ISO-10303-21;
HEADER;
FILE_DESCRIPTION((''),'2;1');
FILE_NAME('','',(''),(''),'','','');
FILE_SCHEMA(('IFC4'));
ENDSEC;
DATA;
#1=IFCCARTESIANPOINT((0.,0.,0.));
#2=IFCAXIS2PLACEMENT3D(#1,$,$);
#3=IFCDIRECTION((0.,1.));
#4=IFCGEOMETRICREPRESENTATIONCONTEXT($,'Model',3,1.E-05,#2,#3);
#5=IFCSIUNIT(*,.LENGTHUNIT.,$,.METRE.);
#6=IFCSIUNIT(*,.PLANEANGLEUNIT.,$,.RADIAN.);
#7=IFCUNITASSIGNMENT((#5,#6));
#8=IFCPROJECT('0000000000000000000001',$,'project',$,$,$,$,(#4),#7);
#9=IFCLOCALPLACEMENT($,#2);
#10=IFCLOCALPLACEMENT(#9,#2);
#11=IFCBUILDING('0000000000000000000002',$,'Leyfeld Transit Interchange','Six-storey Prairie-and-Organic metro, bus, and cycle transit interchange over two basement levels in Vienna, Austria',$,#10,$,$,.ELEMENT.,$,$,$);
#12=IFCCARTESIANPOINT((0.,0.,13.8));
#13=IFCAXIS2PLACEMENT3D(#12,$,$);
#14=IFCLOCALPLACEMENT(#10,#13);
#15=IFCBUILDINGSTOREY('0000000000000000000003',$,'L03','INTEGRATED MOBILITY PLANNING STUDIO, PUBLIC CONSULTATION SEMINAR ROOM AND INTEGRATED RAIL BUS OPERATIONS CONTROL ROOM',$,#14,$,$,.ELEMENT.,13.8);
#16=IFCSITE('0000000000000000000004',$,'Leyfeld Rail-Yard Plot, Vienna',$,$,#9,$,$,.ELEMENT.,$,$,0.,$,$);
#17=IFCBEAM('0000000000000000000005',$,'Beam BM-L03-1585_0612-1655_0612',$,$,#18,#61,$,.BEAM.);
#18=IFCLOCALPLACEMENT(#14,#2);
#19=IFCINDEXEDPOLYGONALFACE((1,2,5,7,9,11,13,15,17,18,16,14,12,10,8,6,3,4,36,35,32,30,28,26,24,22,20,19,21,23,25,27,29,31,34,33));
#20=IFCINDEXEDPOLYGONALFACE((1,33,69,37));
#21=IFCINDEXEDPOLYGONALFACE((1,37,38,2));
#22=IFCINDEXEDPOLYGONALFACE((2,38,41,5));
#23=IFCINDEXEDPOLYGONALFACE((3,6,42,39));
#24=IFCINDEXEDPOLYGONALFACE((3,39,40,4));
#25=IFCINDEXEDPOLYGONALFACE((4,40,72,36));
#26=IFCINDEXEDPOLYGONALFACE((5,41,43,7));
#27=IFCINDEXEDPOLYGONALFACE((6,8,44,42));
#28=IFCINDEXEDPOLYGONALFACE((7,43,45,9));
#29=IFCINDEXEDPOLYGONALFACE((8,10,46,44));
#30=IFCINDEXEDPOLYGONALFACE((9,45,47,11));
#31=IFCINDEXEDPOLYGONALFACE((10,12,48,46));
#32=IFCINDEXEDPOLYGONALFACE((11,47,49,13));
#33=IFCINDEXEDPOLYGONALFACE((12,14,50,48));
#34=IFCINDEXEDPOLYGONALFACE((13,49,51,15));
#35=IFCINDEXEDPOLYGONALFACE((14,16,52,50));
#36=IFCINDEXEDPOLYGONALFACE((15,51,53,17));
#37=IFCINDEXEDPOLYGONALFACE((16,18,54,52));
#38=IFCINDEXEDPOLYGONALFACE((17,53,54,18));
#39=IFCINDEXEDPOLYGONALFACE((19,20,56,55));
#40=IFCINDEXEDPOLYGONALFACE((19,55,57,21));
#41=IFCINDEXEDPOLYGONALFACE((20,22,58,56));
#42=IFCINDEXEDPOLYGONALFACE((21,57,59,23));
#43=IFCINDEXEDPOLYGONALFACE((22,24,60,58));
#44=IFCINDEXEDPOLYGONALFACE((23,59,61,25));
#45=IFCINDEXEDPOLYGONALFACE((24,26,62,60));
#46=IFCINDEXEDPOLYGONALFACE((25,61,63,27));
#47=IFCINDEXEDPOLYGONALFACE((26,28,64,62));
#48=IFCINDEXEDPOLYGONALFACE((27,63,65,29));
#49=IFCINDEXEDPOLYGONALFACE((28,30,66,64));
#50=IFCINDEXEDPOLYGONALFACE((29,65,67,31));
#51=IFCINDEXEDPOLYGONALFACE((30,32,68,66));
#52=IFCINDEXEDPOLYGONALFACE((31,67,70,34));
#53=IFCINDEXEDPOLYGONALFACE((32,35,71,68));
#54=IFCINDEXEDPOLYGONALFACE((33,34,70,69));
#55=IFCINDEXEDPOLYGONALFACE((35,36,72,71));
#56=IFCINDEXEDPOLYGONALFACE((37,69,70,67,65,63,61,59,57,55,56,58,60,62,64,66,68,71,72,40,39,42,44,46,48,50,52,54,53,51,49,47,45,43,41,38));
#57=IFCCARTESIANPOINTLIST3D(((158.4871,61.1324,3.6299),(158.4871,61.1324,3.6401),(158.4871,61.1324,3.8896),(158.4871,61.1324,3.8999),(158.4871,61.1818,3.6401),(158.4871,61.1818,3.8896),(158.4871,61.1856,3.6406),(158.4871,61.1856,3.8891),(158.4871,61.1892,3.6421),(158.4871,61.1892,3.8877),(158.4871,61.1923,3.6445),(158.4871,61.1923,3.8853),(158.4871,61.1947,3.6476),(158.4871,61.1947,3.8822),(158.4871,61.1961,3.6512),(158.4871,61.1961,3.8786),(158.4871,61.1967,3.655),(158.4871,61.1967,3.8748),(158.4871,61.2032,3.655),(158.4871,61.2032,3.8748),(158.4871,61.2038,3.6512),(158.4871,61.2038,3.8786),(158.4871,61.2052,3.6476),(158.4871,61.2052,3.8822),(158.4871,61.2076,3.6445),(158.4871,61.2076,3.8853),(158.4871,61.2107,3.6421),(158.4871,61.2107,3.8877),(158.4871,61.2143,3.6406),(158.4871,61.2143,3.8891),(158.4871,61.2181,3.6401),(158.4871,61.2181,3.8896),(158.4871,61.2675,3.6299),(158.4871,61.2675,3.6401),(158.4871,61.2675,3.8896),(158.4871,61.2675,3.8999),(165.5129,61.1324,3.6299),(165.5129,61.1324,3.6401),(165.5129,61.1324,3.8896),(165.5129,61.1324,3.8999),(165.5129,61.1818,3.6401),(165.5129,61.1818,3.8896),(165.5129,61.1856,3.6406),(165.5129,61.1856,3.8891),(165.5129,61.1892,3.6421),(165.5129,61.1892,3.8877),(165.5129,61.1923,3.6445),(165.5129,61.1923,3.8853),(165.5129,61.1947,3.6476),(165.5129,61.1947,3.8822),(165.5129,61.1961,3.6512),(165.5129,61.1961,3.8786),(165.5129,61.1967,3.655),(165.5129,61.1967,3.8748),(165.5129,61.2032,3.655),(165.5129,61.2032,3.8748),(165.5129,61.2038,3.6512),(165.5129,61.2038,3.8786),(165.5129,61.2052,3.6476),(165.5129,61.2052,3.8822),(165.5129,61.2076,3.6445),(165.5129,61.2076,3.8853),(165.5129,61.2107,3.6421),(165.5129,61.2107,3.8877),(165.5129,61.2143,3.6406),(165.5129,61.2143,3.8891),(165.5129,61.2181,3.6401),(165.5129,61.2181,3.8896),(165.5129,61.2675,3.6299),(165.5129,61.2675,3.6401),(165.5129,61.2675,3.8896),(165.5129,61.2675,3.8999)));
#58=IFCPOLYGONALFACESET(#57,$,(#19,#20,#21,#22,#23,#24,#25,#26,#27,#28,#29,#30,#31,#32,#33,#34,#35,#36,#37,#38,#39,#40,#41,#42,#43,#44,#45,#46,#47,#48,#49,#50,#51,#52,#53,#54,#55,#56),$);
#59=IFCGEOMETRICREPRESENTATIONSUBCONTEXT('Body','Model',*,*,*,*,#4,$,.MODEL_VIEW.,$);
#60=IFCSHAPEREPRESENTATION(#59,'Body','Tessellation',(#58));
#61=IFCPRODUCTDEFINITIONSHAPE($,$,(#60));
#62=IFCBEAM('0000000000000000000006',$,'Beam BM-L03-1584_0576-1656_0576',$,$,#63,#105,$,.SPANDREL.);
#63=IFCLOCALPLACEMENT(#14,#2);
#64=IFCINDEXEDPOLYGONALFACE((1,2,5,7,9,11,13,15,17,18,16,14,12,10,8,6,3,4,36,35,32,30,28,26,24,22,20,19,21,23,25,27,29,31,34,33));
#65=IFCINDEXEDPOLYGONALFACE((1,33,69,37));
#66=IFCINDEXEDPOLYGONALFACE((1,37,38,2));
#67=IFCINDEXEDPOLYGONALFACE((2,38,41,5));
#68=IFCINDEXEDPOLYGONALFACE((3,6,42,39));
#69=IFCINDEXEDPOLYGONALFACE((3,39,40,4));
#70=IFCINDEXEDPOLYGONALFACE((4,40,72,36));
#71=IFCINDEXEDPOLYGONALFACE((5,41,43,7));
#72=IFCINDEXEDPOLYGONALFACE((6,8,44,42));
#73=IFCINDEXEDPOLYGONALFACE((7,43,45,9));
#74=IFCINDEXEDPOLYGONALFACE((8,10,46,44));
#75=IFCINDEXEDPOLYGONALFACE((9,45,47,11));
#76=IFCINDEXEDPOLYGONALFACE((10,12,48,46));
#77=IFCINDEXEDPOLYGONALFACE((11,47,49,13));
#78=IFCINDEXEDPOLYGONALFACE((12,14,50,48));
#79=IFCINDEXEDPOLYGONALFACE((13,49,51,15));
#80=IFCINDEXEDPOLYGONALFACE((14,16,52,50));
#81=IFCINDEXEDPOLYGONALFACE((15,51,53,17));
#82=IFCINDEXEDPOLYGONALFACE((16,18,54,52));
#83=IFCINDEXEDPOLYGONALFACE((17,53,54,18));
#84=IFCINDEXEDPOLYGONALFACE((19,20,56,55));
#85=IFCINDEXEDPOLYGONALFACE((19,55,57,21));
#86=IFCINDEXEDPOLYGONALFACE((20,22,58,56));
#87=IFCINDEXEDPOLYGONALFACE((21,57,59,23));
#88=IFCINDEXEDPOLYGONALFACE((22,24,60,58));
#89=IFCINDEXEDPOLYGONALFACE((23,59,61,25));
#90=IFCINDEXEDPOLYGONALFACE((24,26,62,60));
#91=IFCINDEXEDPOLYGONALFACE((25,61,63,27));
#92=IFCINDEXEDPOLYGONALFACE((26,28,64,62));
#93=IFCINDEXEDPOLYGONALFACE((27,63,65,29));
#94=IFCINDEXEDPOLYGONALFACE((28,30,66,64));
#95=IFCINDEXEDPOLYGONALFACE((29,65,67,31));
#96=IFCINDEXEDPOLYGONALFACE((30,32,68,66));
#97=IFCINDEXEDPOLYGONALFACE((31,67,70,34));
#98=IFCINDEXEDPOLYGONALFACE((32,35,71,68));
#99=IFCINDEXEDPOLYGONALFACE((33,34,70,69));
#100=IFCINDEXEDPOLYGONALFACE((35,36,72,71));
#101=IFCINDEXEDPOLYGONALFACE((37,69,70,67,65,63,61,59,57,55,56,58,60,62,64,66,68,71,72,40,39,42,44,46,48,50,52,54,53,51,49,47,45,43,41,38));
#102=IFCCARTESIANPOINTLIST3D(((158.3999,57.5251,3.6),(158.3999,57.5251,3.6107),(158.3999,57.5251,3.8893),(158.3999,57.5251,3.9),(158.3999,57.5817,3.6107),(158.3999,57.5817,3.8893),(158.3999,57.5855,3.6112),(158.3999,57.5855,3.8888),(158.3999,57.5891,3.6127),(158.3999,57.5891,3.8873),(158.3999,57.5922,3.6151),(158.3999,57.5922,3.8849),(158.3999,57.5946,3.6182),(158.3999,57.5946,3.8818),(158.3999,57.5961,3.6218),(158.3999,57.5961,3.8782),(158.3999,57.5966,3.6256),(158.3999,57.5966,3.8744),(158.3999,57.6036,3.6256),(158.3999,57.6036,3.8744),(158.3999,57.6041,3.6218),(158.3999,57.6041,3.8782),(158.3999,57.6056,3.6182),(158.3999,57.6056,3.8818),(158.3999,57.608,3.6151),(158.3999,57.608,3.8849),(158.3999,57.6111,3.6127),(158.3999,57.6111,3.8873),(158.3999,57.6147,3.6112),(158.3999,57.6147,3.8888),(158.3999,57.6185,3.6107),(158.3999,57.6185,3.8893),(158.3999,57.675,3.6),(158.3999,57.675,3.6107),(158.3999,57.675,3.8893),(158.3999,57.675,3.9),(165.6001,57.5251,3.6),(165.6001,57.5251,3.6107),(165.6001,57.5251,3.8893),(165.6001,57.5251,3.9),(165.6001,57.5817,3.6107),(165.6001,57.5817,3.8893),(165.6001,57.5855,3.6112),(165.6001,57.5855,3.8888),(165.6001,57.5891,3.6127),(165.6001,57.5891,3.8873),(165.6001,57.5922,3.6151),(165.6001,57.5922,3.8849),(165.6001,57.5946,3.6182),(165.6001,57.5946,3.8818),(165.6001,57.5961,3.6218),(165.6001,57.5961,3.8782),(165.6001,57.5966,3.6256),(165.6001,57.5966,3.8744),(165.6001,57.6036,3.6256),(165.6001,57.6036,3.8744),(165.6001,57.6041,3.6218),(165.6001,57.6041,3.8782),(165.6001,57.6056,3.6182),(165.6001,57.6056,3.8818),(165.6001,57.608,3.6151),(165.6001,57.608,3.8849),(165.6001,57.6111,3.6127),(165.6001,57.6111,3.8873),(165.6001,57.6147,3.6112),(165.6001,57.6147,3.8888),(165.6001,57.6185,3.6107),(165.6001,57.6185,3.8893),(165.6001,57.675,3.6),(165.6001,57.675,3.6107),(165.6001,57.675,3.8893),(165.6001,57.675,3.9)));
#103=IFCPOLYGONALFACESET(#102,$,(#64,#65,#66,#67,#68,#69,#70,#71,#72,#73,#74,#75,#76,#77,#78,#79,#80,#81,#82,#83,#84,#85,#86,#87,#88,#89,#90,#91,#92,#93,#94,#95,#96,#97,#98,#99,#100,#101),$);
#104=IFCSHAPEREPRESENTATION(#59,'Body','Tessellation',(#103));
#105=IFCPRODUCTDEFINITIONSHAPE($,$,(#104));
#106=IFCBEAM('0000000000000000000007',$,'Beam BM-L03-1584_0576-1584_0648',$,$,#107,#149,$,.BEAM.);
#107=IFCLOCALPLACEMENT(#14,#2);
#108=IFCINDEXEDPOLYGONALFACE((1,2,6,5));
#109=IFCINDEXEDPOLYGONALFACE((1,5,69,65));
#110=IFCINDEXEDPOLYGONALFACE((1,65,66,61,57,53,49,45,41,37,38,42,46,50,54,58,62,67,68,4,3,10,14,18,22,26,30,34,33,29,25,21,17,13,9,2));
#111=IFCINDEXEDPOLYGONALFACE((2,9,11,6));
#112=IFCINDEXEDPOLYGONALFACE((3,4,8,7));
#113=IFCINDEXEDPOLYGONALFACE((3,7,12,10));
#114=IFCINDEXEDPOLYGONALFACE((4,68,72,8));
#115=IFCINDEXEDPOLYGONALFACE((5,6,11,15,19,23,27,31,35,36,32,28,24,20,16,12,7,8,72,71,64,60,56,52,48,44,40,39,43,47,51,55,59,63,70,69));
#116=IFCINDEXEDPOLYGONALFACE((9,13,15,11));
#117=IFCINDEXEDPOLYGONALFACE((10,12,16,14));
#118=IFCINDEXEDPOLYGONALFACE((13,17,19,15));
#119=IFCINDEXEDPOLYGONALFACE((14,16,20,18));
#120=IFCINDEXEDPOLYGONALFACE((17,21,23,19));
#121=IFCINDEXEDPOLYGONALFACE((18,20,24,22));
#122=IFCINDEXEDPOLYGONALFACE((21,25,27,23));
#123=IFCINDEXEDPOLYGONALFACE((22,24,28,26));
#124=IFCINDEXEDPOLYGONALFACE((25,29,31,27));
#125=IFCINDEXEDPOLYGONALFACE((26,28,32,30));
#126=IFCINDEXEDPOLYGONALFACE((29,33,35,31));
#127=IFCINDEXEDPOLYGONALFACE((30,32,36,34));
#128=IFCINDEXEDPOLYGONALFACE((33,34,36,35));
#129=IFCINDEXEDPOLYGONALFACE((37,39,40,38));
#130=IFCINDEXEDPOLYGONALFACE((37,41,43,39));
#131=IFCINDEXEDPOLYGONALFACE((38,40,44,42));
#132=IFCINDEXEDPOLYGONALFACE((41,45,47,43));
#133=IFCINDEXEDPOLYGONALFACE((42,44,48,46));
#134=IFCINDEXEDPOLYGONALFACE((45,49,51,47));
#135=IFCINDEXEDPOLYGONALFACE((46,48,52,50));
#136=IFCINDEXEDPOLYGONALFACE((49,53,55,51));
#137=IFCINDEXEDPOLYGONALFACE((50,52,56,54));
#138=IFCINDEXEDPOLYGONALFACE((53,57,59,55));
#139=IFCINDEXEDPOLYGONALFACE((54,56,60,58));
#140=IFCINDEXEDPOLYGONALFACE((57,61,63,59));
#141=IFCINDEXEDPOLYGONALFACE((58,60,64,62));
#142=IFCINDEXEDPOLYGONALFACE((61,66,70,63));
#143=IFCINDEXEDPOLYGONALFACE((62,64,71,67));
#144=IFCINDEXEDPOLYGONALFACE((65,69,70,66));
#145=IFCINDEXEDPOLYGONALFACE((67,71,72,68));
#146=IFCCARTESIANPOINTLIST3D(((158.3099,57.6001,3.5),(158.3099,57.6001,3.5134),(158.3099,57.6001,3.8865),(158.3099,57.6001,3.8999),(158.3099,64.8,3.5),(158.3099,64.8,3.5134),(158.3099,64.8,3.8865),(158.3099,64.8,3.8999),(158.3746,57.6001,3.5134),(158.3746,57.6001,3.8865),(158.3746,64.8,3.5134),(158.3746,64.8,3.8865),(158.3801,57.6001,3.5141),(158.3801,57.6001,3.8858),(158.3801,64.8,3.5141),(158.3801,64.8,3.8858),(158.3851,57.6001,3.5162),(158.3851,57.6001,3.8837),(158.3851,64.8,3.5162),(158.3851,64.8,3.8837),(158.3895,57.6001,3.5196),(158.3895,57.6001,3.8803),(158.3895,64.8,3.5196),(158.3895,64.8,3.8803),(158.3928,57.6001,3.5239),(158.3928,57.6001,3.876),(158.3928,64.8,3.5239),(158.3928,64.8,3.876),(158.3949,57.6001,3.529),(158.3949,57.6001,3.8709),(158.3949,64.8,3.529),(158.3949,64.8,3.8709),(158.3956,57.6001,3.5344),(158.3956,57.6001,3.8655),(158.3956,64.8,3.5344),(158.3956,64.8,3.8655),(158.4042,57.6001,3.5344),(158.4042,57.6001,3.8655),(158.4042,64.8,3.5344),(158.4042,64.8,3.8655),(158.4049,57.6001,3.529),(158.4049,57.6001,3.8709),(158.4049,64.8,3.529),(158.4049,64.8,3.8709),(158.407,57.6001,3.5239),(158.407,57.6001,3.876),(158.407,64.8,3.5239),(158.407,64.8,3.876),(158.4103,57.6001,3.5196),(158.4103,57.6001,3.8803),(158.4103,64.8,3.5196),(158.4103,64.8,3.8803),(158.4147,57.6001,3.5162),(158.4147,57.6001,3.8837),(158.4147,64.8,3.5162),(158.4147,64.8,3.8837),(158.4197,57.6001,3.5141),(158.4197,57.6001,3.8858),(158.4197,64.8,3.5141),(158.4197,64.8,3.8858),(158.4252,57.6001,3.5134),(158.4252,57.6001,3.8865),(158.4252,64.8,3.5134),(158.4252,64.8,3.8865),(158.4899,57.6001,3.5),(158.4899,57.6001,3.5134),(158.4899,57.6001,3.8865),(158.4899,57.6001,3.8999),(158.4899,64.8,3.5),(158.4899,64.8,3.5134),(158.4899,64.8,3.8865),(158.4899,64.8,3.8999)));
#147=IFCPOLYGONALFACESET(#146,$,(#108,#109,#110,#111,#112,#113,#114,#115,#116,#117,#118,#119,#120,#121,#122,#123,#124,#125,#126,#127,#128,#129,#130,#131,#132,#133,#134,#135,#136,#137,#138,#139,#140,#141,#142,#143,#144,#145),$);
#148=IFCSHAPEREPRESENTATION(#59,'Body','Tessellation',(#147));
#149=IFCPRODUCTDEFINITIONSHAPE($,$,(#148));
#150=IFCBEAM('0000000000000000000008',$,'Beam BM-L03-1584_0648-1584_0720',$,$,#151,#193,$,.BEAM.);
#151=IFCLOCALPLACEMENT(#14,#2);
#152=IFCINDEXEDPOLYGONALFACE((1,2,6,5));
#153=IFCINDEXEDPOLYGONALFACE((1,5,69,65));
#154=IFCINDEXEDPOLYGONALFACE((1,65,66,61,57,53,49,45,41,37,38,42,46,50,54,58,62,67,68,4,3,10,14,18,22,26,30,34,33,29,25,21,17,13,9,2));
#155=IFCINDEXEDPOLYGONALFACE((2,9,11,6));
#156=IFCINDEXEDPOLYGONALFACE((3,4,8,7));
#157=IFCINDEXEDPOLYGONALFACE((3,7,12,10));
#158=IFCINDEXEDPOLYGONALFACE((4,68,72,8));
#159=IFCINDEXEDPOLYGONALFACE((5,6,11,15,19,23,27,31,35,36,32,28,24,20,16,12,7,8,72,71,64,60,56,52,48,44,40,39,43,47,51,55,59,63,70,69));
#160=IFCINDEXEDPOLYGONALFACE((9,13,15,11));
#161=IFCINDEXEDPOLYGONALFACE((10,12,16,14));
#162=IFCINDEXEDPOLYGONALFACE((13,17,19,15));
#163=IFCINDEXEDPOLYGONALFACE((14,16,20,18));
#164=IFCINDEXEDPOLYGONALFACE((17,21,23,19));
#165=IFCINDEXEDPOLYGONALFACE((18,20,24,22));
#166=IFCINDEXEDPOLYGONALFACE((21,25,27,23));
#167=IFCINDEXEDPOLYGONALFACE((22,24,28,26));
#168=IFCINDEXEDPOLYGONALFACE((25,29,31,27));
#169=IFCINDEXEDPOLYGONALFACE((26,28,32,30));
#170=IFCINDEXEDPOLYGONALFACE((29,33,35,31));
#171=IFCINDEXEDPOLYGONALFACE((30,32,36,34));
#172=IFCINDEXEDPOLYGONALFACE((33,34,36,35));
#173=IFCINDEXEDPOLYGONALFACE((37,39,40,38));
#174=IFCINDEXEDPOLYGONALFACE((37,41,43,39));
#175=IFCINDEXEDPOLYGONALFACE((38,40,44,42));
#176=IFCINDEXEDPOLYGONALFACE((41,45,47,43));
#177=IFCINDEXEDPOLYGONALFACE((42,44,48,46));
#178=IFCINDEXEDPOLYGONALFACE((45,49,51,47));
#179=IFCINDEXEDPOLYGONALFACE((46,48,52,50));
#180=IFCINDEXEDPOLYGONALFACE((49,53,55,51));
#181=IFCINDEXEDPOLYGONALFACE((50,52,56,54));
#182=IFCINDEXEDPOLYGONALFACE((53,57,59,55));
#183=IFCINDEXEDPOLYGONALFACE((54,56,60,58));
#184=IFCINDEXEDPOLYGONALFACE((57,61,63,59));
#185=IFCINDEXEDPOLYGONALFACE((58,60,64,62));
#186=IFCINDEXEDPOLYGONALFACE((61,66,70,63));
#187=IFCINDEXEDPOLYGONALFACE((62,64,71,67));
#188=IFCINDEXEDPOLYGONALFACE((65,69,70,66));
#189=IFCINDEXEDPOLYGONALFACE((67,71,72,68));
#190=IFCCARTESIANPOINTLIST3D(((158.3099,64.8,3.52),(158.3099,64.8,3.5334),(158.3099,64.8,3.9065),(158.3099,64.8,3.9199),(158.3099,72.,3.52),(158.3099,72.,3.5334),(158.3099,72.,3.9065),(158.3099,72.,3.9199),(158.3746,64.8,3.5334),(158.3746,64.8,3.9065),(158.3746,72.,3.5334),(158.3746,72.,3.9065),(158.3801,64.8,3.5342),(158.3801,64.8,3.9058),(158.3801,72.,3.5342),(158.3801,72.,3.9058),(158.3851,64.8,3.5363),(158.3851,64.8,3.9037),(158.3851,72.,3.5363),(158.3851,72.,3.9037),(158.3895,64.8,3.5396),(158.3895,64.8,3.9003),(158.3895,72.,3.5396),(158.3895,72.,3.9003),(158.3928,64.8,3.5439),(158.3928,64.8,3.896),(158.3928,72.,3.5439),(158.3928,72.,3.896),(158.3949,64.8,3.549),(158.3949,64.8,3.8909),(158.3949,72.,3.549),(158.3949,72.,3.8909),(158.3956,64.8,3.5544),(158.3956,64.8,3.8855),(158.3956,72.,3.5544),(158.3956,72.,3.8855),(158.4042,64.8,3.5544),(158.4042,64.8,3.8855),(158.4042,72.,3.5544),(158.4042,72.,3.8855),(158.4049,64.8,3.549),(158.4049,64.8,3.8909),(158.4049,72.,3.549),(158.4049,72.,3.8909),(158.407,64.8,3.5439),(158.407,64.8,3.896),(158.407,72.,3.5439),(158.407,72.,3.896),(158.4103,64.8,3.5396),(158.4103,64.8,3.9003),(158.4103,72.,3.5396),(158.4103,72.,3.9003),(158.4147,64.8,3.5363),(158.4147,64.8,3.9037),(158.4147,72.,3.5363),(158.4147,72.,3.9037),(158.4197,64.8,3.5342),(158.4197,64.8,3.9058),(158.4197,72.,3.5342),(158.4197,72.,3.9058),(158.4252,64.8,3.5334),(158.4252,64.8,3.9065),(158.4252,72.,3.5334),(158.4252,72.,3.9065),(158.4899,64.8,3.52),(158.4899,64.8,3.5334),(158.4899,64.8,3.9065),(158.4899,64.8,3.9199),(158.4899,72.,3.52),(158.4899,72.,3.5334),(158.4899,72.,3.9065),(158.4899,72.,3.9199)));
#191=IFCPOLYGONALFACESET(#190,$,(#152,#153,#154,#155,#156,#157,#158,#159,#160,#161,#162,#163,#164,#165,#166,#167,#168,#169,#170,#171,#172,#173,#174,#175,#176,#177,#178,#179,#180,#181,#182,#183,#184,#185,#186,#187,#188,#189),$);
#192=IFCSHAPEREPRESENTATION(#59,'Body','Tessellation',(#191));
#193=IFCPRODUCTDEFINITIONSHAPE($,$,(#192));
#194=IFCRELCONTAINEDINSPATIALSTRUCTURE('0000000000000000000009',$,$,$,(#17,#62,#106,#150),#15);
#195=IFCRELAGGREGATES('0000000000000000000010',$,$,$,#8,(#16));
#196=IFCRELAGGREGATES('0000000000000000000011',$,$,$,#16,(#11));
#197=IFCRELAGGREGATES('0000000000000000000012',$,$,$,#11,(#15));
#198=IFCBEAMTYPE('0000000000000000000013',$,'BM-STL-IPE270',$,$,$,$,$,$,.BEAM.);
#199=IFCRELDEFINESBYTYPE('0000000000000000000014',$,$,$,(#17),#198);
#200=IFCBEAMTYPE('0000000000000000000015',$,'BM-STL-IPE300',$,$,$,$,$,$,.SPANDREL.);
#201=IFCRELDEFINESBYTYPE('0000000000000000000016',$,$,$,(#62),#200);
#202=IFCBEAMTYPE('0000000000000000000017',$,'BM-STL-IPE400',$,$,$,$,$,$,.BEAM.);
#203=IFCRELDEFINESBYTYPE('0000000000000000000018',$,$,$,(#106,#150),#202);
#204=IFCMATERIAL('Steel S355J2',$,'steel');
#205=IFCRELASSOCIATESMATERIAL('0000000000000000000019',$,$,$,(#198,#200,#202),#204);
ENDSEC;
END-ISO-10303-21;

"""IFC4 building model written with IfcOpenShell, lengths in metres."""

from ifc_helpers import new_model, si_unit, direction, frame, origin, origin_2d, place, context, subcontext, project, spatial, i_section, extrude, material, material_profile, profile_set, type_object, element, save


model = new_model("IFC4")

# Units and contexts
model_context = context("Model", 3, precision=1e-05, world=origin(), true_north=direction((0.0, 1.0)))
body_context = subcontext(model_context, "Body", "Model", "MODEL_VIEW")
ifc_project = project(units=[si_unit("LENGTHUNIT", "METRE"), si_unit("PLANEANGLEUNIT", "RADIAN")], contexts=[model_context])

# Site, building, storey
site_placement = place(None, origin())
site = spatial("IfcSite", under=ifc_project, at=site_placement, Name="Leyfeld Rail-Yard Plot, Vienna", CompositionType="ELEMENT", RefElevation=0.0)
building_placement = place(site_placement, origin())
building = spatial("IfcBuilding", under=site, at=building_placement, Name="Leyfeld Transit Interchange", Description="Six-storey Prairie-and-Organic metro, bus, and cycle transit interchange over two basement levels in Vienna, Austria", CompositionType="ELEMENT")
storey_placement = place(building_placement, frame((0.0, 0.0, 13.8)))
storey = spatial("IfcBuildingStorey", under=building, at=storey_placement, Name="L03", Description="INTEGRATED MOBILITY PLANNING STUDIO, PUBLIC CONSULTATION SEMINAR ROOM AND INTEGRATED RAIL BUS OPERATIONS CONTROL ROOM", CompositionType="ELEMENT", Elevation=13.8)

# Shared definitions
ifc_material_1 = material(Name="Steel S355J2", Category="steel")

# Beams
ifc_material_profile_1 = material_profile(ifc_material_1, i_section(OverallWidth=0.135, OverallDepth=0.27, WebThickness=0.0066, FlangeThickness=0.0103, FilletRadius=0.0149, at=origin_2d()), Name="IPE 270")
ifc_profile_set_1 = profile_set([ifc_material_profile_1], Name="Steel S355J2")
beam_type_1 = type_object("IfcBeamType", Name="BM-STL-IPE270", PredefinedType="BEAM", material=ifc_profile_set_1)
for number, where, z_axis, x_axis, name in (
    (1, (158.4871, 61.2, 3.7649), (1.0, 0.0, 0.0), (0.0, 1.0, 0.0), "Beam BM-L03-1585_0612-1655_0612"),
):
    element("IfcBeam", number, at=place(storey_placement, frame(where, z_axis=z_axis, x_axis=x_axis)), inside=storey, type_object=beam_type_1, Name=name, PredefinedType="BEAM", context=body_context, shape_type="SweptSolid", body=[
        extrude(i_section(OverallWidth=0.135, OverallDepth=0.27, WebThickness=0.0066, FlangeThickness=0.0103, FilletRadius=0.0149, at=origin_2d()), origin(), (0.0, 0.0, 1.0), 7.0259),
    ])
ifc_material_profile_2 = material_profile(ifc_material_1, i_section(OverallWidth=0.1499, OverallDepth=0.3, WebThickness=0.0071, FlangeThickness=0.0107, FilletRadius=0.0149, at=origin_2d()), Name="IPE 300")
ifc_profile_set_2 = profile_set([ifc_material_profile_2], Name="Steel S355J2")
beam_type_2 = type_object("IfcBeamType", Name="BM-STL-IPE300", PredefinedType="SPANDREL", material=ifc_profile_set_2)
beam_placement = place(storey_placement, frame((158.3999, 57.6001, 3.75), z_axis=(1.0, 0.0, 0.0), x_axis=(0.0, 1.0, 0.0)))
element("IfcBeam", 2, at=beam_placement, inside=storey, type_object=beam_type_2, Name="Beam BM-L03-1584_0576-1656_0576", PredefinedType="SPANDREL", context=body_context, shape_type="SweptSolid", body=[
    extrude(i_section(OverallWidth=0.1499, OverallDepth=0.3, WebThickness=0.0071, FlangeThickness=0.0107, FilletRadius=0.0149, at=origin_2d()), origin(), (0.0, 0.0, 1.0), 7.2002),
])
ifc_material_profile_3 = material_profile(ifc_material_1, i_section(OverallWidth=0.1799, OverallDepth=0.3999, WebThickness=0.0085, FlangeThickness=0.0134, FilletRadius=0.021, at=origin_2d()), Name="IPE 400")
ifc_profile_set_3 = profile_set([ifc_material_profile_3], Name="Steel S355J2")
beam_type_3 = type_object("IfcBeamType", Name="BM-STL-IPE400", PredefinedType="BEAM", material=ifc_profile_set_3)
for number, where, z_axis, x_axis, name in (
    (3, (158.3999, 57.6001, 3.7), (0.0, 1.0, 0.0), (-1.0, 0.0, 0.0), "Beam BM-L03-1584_0576-1584_0648"),
    (4, (158.3999, 64.8, 3.72), (0.0, 1.0, 0.0), (-1.0, 0.0, 0.0), "Beam BM-L03-1584_0648-1584_0720"),
):
    element("IfcBeam", number, at=place(storey_placement, frame(where, z_axis=z_axis, x_axis=x_axis)), inside=storey, type_object=beam_type_3, Name=name, PredefinedType="BEAM", context=body_context, shape_type="SweptSolid", body=[
        extrude(i_section(OverallWidth=0.1799, OverallDepth=0.3999, WebThickness=0.0085, FlangeThickness=0.0134, FilletRadius=0.021, at=origin_2d()), origin(), (0.0, 0.0, 1.0), 7.2),
    ])

save(model, "model.ifc")
